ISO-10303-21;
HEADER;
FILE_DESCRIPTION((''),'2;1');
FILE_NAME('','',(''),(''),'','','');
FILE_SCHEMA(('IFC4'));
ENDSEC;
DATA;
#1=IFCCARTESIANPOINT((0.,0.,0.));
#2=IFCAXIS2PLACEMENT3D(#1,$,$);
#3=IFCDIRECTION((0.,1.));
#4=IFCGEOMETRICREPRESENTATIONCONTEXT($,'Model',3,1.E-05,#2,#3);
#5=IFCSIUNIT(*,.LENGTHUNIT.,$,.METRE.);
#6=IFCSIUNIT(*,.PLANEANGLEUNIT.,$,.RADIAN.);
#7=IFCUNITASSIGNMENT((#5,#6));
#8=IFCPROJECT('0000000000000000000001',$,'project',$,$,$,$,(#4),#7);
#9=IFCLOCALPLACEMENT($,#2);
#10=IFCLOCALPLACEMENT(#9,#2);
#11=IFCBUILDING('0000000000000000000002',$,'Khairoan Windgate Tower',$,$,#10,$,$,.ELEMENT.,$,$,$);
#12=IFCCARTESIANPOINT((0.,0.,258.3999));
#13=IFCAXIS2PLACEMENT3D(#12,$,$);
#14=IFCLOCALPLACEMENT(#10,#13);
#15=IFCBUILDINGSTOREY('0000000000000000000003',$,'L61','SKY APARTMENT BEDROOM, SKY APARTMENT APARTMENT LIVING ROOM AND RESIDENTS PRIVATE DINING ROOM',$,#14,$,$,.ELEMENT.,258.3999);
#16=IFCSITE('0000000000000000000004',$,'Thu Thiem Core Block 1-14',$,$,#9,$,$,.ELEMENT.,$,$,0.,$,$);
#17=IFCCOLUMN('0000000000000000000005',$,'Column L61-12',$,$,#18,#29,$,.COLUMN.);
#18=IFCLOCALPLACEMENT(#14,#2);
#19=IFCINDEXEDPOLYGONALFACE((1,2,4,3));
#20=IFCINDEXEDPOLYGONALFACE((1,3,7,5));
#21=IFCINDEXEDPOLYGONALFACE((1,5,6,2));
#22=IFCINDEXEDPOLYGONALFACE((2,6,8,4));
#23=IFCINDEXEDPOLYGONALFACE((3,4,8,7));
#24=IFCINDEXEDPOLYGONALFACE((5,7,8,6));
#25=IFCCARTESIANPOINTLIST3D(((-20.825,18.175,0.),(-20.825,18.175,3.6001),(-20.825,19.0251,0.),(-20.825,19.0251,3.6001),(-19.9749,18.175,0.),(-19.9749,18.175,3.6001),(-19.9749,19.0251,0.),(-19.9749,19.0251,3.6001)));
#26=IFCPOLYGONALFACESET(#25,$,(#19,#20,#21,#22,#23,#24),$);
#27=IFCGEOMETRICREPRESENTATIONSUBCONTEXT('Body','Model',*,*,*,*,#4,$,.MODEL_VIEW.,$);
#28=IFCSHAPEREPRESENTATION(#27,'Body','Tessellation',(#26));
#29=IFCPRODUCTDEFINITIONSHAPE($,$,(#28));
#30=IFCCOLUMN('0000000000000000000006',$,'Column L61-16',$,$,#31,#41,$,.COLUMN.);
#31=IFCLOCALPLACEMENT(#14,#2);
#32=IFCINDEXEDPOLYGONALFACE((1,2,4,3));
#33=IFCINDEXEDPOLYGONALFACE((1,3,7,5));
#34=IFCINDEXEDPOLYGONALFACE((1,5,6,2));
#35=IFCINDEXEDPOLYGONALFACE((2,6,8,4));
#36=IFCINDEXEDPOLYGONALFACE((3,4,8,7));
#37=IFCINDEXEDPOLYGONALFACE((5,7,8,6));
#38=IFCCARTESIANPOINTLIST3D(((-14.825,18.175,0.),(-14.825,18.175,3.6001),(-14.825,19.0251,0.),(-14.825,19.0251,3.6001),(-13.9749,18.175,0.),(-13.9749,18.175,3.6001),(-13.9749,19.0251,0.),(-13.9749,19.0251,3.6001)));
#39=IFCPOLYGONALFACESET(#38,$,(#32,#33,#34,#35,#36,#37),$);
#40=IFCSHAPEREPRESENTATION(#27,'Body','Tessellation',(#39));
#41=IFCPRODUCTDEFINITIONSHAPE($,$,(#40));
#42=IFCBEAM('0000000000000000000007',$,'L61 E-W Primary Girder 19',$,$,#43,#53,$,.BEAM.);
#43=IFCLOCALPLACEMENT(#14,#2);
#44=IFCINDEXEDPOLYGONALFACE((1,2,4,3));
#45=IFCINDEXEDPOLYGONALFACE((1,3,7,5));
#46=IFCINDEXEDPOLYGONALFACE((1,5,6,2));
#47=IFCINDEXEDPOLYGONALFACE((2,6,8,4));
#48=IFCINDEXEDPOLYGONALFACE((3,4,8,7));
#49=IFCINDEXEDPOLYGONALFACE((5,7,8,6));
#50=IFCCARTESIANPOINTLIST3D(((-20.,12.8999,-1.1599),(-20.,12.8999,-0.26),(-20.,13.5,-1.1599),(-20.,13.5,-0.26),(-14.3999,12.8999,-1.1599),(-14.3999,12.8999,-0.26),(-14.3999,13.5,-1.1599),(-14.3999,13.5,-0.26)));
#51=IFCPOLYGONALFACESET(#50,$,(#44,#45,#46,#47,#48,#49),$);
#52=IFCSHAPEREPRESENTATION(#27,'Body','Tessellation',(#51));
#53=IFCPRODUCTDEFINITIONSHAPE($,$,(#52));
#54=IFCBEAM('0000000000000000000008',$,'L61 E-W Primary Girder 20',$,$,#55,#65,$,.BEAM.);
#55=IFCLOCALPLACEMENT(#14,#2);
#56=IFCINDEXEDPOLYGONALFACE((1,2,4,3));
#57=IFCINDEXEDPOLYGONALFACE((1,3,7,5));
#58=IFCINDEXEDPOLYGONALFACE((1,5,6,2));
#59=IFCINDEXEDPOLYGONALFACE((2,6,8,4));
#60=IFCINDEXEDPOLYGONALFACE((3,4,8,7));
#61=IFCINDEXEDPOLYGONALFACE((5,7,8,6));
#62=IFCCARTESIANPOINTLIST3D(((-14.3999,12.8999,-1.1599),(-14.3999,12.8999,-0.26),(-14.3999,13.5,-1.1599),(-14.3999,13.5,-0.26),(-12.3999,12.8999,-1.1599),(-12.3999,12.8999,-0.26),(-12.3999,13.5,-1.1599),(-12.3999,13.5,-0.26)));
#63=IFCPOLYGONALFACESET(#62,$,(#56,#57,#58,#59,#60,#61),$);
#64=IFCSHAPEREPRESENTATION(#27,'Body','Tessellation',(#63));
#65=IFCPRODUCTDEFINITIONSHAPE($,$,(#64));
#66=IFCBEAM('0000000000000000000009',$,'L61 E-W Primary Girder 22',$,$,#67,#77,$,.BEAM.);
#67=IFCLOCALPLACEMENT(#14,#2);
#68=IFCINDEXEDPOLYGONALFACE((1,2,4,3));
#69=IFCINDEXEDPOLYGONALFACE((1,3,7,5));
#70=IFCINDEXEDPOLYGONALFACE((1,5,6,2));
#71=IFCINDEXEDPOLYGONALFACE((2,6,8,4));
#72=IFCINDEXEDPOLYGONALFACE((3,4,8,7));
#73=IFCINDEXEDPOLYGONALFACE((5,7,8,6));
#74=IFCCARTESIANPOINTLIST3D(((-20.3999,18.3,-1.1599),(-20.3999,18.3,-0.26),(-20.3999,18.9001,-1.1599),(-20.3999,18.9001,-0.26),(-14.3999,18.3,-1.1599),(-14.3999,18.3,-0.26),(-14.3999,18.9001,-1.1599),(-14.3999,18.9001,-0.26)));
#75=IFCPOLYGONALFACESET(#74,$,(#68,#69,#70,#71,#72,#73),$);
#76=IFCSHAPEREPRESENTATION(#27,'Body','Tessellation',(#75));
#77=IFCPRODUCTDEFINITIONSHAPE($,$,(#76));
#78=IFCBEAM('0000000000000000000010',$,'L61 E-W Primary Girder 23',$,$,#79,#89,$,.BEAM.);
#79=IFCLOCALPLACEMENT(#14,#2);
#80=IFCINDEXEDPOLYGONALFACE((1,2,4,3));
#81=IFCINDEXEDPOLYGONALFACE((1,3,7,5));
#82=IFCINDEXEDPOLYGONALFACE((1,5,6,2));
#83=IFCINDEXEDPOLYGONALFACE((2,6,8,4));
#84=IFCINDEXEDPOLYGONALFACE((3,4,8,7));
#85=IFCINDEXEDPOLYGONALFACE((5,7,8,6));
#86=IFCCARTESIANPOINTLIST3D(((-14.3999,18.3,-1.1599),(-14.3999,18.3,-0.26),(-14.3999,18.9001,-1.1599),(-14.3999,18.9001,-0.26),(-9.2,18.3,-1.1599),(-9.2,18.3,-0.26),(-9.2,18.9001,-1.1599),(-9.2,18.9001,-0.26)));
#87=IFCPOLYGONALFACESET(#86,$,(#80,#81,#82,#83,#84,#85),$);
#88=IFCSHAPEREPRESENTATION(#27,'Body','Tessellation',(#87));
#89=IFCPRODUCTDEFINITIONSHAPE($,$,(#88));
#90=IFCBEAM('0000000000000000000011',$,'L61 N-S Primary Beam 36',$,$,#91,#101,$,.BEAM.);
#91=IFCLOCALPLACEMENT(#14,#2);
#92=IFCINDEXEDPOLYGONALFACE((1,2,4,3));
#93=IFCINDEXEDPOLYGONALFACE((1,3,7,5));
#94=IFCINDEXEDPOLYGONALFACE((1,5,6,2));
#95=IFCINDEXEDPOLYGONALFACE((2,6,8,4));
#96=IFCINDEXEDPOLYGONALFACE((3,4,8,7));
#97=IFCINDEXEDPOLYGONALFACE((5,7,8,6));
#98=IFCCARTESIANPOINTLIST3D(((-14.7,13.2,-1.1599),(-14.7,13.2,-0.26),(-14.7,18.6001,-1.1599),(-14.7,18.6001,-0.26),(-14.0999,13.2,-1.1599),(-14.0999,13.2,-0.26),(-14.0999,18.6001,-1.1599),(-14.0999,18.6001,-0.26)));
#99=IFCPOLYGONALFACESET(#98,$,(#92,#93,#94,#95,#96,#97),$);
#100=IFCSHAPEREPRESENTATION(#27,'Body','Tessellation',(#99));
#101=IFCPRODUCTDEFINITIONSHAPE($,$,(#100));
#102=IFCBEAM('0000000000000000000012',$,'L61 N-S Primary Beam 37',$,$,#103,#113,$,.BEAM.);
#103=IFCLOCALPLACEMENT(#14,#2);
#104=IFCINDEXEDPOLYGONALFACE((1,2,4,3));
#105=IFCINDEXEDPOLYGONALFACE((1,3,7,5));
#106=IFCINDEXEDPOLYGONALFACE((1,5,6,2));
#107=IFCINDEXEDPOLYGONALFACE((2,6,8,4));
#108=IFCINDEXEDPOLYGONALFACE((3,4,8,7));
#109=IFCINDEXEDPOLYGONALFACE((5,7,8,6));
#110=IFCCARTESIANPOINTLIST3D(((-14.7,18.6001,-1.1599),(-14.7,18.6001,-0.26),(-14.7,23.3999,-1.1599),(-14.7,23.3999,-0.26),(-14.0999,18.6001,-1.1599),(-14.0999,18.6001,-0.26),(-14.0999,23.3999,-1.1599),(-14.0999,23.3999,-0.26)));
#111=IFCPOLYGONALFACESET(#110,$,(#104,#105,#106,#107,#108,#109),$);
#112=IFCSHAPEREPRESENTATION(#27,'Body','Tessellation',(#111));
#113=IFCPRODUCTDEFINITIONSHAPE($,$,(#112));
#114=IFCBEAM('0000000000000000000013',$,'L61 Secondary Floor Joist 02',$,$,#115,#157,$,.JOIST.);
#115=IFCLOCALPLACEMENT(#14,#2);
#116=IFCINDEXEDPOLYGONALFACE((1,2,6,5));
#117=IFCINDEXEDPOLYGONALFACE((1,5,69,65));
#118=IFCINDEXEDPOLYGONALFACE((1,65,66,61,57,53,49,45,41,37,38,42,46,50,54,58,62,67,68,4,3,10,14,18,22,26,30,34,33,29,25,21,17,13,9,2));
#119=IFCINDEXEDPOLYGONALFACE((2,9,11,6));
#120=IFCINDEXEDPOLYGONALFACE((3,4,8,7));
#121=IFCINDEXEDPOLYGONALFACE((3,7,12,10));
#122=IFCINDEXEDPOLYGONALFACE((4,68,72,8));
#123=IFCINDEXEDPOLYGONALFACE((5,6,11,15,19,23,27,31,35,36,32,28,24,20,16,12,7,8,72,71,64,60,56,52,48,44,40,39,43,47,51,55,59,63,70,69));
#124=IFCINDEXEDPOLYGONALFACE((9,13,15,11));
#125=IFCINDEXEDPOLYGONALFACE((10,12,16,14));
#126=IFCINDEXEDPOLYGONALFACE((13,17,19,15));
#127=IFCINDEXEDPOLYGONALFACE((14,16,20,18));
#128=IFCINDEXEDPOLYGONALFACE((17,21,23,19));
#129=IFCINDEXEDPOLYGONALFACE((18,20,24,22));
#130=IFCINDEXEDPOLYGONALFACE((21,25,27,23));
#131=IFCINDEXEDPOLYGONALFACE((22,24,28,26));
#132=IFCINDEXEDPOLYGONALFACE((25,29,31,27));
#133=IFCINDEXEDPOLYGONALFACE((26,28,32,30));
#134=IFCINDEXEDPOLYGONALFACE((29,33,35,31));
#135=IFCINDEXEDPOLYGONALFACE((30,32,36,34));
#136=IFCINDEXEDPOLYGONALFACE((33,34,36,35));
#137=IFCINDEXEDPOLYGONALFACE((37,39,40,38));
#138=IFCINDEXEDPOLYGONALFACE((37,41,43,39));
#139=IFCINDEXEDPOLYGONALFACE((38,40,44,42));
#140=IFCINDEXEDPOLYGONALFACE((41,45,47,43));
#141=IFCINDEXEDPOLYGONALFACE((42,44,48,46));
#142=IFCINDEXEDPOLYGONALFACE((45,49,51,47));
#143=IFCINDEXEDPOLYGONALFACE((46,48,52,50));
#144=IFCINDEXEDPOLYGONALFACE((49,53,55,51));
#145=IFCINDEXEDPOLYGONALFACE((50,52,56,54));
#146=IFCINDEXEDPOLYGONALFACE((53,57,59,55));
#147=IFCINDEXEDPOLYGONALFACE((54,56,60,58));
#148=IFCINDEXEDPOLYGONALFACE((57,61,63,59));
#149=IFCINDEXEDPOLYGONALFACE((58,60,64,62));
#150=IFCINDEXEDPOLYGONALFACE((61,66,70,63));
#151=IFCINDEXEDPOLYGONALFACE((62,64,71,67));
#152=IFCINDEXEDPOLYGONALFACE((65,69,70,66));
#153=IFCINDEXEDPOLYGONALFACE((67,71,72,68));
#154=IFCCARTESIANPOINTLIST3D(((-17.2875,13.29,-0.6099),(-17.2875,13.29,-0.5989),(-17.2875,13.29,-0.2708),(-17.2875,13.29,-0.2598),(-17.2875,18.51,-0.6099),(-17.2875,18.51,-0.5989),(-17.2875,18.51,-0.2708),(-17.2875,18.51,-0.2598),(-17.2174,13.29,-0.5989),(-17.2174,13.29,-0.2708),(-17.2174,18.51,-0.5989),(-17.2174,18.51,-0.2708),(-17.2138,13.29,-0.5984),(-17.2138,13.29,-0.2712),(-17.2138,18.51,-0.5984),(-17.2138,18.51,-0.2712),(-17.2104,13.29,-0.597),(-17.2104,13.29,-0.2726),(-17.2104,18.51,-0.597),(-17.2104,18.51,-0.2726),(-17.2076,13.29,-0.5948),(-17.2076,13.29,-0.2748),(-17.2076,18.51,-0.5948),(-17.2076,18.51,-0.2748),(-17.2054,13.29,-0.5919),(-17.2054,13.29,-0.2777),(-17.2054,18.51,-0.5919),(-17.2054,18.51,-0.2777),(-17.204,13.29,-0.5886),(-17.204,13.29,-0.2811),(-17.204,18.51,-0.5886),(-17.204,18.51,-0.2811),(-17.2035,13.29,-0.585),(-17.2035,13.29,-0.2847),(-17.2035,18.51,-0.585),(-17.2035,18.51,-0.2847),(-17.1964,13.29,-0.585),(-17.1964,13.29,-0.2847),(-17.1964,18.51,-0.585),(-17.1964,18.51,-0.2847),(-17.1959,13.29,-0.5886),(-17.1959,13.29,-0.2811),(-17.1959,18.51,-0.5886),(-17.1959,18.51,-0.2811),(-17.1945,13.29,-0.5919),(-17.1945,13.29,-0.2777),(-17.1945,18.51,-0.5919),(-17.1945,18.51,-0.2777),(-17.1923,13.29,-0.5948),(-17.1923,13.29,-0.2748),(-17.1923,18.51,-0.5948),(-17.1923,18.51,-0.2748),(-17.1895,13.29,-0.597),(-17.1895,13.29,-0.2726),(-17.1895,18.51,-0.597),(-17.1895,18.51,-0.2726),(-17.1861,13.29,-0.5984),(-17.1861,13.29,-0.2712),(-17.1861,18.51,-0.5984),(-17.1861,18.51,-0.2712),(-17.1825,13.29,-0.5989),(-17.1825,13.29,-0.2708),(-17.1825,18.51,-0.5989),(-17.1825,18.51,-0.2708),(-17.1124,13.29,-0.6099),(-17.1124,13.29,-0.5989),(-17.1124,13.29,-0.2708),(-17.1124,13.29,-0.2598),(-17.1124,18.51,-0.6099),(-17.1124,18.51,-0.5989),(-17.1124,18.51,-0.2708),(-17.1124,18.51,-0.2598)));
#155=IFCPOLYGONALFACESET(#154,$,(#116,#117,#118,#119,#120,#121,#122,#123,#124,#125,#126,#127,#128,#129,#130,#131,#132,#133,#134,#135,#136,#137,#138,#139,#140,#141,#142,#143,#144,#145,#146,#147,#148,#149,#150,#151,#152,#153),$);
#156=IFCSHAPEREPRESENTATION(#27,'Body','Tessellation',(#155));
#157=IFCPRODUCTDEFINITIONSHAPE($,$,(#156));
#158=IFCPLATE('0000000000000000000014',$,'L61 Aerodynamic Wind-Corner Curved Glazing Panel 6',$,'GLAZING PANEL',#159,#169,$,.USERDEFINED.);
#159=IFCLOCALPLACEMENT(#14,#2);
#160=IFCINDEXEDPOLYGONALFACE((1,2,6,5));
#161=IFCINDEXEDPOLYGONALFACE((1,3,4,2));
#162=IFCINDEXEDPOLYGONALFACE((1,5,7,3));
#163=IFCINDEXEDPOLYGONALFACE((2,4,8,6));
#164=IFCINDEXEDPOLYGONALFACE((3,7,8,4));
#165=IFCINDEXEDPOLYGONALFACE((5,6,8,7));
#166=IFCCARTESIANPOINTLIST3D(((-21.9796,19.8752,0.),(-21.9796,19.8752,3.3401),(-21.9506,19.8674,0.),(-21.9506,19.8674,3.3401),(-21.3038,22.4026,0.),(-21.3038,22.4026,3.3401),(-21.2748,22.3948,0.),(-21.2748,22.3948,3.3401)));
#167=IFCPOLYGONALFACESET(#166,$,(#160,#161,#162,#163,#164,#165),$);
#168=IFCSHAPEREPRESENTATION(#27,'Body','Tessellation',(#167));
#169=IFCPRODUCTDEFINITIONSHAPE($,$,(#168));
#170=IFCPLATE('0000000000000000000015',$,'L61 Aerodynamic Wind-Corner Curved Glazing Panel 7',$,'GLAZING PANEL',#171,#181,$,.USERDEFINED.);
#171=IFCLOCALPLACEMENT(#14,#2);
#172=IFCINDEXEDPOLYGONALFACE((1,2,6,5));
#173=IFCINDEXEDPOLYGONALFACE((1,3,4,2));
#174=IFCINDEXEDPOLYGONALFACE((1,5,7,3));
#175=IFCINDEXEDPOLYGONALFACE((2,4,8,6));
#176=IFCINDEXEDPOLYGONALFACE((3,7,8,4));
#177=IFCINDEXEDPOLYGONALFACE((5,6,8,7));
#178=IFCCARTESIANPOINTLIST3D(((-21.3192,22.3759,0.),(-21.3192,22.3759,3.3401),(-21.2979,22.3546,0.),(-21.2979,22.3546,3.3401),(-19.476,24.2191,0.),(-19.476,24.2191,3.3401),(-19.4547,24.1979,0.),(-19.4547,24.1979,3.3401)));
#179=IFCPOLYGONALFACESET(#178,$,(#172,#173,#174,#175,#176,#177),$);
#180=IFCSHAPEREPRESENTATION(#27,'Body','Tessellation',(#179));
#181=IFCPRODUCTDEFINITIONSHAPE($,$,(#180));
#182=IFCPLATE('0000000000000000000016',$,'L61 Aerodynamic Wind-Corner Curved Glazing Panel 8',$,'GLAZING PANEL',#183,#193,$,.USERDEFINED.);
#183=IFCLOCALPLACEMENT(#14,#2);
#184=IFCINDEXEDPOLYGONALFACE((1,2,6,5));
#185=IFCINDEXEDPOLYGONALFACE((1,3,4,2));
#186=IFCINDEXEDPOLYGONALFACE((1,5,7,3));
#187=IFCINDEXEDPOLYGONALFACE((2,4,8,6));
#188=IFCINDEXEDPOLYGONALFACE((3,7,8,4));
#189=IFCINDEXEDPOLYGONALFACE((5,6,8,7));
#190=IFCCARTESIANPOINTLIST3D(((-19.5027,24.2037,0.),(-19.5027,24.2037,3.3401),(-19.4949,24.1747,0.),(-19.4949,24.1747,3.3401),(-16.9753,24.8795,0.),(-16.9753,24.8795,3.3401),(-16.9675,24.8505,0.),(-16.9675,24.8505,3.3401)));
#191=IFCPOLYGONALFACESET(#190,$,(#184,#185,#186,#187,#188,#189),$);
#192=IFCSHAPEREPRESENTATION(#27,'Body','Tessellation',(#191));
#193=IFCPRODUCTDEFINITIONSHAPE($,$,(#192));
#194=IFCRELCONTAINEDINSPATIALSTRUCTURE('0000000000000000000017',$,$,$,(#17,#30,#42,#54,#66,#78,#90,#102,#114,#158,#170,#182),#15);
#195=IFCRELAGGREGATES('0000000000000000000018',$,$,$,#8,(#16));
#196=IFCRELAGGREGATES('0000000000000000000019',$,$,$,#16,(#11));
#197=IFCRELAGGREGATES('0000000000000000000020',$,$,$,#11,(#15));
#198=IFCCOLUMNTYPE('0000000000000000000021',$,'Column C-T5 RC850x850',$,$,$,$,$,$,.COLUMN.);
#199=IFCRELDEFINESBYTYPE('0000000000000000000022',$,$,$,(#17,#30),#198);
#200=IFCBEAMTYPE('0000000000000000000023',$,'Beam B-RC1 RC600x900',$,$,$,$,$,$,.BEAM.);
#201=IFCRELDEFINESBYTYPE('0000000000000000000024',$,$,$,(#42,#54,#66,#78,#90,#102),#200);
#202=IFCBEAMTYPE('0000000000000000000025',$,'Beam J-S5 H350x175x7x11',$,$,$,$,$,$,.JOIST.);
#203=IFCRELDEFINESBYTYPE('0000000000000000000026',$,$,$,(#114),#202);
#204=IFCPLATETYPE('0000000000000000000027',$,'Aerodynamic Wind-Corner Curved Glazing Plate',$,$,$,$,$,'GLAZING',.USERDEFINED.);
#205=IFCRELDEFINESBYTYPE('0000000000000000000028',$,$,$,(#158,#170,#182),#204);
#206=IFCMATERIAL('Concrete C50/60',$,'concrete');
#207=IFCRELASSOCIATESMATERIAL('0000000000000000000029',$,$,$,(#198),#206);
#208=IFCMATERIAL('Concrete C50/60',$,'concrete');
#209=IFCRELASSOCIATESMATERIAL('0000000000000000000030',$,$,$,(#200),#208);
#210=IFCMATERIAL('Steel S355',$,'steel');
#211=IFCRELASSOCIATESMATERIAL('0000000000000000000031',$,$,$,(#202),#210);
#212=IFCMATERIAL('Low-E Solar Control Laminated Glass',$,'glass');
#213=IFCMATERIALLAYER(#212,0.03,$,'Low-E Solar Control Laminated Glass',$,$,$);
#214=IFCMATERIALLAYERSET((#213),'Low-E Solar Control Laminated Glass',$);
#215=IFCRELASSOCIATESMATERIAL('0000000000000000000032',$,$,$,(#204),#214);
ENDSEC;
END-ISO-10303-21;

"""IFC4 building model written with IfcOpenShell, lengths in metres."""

from ifc_helpers import new_model, si_unit, direction, frame, origin, origin_2d, place, context, subcontext, project, spatial, rectangle, i_section, extrude, material, layer, layer_set, material_profile, profile_set, type_object, element, save


model = new_model("IFC4")

# Units and contexts
model_context = context("Model", 3, precision=1e-05, world=origin(), true_north=direction((0.0, 1.0)))
body_context = subcontext(model_context, "Body", "Model", "MODEL_VIEW")
ifc_project = project(units=[si_unit("LENGTHUNIT", "METRE"), si_unit("PLANEANGLEUNIT", "RADIAN")], contexts=[model_context])

# Site, building, storey
site_placement = place(None, origin())
site = spatial("IfcSite", under=ifc_project, at=site_placement, Name="Thu Thiem Core Block 1-14", CompositionType="ELEMENT", RefElevation=0.0)
building_placement = place(site_placement, origin())
building = spatial("IfcBuilding", under=site, at=building_placement, Name="Khairoan Windgate Tower", CompositionType="ELEMENT")
storey_placement = place(building_placement, frame((0.0, 0.0, 258.3999)))
storey = spatial("IfcBuildingStorey", under=building, at=storey_placement, Name="L61", Description="SKY APARTMENT BEDROOM, SKY APARTMENT APARTMENT LIVING ROOM AND RESIDENTS PRIVATE DINING ROOM", CompositionType="ELEMENT", Elevation=258.3999)

# Columns
ifc_material_1 = material(Name="Concrete C50/60", Category="concrete")
ifc_material_profile_1 = material_profile(ifc_material_1, rectangle(XDim=0.8501, YDim=0.8501, at=origin_2d()))
ifc_profile_set_1 = profile_set([ifc_material_profile_1], Name="Concrete C50/60")
column_type = type_object("IfcColumnType", Name="Column C-T5 RC850x850", PredefinedType="COLUMN", material=ifc_profile_set_1)
for number, where, z_axis, x_axis, name in (
    (1, (-20.3999, 18.6001, 0.0), (0.0, 0.0, 1.0), (1.0, 0.0, 0.0), "Column L61-12"),
    (2, (-14.3999, 18.6001, 0.0), (0.0, 0.0, 1.0), (1.0, 0.0, 0.0), "Column L61-16"),
):
    element("IfcColumn", number, at=place(storey_placement, frame(where, z_axis=z_axis, x_axis=x_axis)), inside=storey, type_object=column_type, Name=name, PredefinedType="COLUMN", context=body_context, shape_type="SweptSolid", body=[
        extrude(rectangle(XDim=0.8501, YDim=0.8501, at=origin_2d()), origin(), (0.0, 0.0, 1.0), 3.6001),
    ])

# Beams
ifc_material_2 = material(Name="Concrete C50/60", Category="concrete")
ifc_material_profile_2 = material_profile(ifc_material_2, rectangle(XDim=0.6001, YDim=0.8999, at=origin_2d()))
ifc_profile_set_2 = profile_set([ifc_material_profile_2], Name="Concrete C50/60")
beam_type_1 = type_object("IfcBeamType", Name="Beam B-RC1 RC600x900", PredefinedType="BEAM", material=ifc_profile_set_2)
beam_1_placement = place(storey_placement, frame((-20.0, 13.2, -0.71), z_axis=(1.0, 0.0, 0.0), x_axis=(0.0, 1.0, 0.0)))
element("IfcBeam", 3, at=beam_1_placement, inside=storey, type_object=beam_type_1, Name="L61 E-W Primary Girder 19", PredefinedType="BEAM", context=body_context, shape_type="SweptSolid", body=[
    extrude(rectangle(XDim=0.6001, YDim=0.8999, at=origin_2d()), origin(), (0.0, 0.0, 1.0), 5.6001),
])
beam_2_placement = place(storey_placement, frame((-14.3999, 13.2, -0.71), z_axis=(1.0, 0.0, 0.0), x_axis=(0.0, 1.0, 0.0)))
element("IfcBeam", 4, at=beam_2_placement, inside=storey, type_object=beam_type_1, Name="L61 E-W Primary Girder 20", PredefinedType="BEAM", context=body_context, shape_type="SweptSolid", body=[
    extrude(rectangle(XDim=0.6001, YDim=0.8999, at=origin_2d()), origin(), (0.0, 0.0, 1.0), 2.0),
])
beam_3_placement = place(storey_placement, frame((-20.3999, 18.6001, -0.71), z_axis=(1.0, 0.0, 0.0), x_axis=(0.0, 1.0, 0.0)))
element("IfcBeam", 5, at=beam_3_placement, inside=storey, type_object=beam_type_1, Name="L61 E-W Primary Girder 22", PredefinedType="BEAM", context=body_context, shape_type="SweptSolid", body=[
    extrude(rectangle(XDim=0.6001, YDim=0.8999, at=origin_2d()), origin(), (0.0, 0.0, 1.0), 6.0),
])
beam_4_placement = place(storey_placement, frame((-14.3999, 18.6001, -0.71), z_axis=(1.0, 0.0, 0.0), x_axis=(0.0, 1.0, 0.0)))
element("IfcBeam", 6, at=beam_4_placement, inside=storey, type_object=beam_type_1, Name="L61 E-W Primary Girder 23", PredefinedType="BEAM", context=body_context, shape_type="SweptSolid", body=[
    extrude(rectangle(XDim=0.6001, YDim=0.8999, at=origin_2d()), origin(), (0.0, 0.0, 1.0), 5.2),
])
beam_5_placement = place(storey_placement, frame((-14.3999, 13.2, -0.71), z_axis=(0.0, 1.0, 0.0), x_axis=(-1.0, 0.0, 0.0)))
element("IfcBeam", 7, at=beam_5_placement, inside=storey, type_object=beam_type_1, Name="L61 N-S Primary Beam 36", PredefinedType="BEAM", context=body_context, shape_type="SweptSolid", body=[
    extrude(rectangle(XDim=0.6001, YDim=0.8999, at=origin_2d()), origin(), (0.0, 0.0, 1.0), 5.4001),
])
beam_6_placement = place(storey_placement, frame((-14.3999, 18.6001, -0.71), z_axis=(0.0, 1.0, 0.0), x_axis=(-1.0, 0.0, 0.0)))
element("IfcBeam", 8, at=beam_6_placement, inside=storey, type_object=beam_type_1, Name="L61 N-S Primary Beam 37", PredefinedType="BEAM", context=body_context, shape_type="SweptSolid", body=[
    extrude(rectangle(XDim=0.6001, YDim=0.8999, at=origin_2d()), origin(), (0.0, 0.0, 1.0), 4.7998),
])
ifc_material_3 = material(Name="Steel S355", Category="steel")
ifc_material_profile_3 = material_profile(ifc_material_3, i_section(OverallWidth=0.175, OverallDepth=0.3501, WebThickness=0.0071, FlangeThickness=0.011, FilletRadius=0.0139, at=origin_2d()))
ifc_profile_set_3 = profile_set([ifc_material_profile_3], Name="Steel S355")
beam_type_2 = type_object("IfcBeamType", Name="Beam J-S5 H350x175x7x11", PredefinedType="JOIST", material=ifc_profile_set_3)
beam_7_placement = place(storey_placement, frame((-17.2, 13.29, -0.4348), z_axis=(0.0, 1.0, 0.0), x_axis=(-1.0, 0.0, 0.0)))
element("IfcBeam", 9, at=beam_7_placement, inside=storey, type_object=beam_type_2, Name="L61 Secondary Floor Joist 02", PredefinedType="JOIST", context=body_context, shape_type="SweptSolid", body=[
    extrude(i_section(OverallWidth=0.175, OverallDepth=0.3501, WebThickness=0.0071, FlangeThickness=0.011, FilletRadius=0.0139, at=origin_2d()), origin(), (0.0, 0.0, 1.0), 5.22),
])

# Plates
ifc_material_4 = material(Name="Low-E Solar Control Laminated Glass", Category="glass")
ifc_layer_1 = layer(ifc_material_4, 0.03, Name="Low-E Solar Control Laminated Glass")
ifc_layer_set_1 = layer_set([ifc_layer_1], Name="Low-E Solar Control Laminated Glass")
plate_type_1 = type_object("IfcPlateType", Name="Aerodynamic Wind-Corner Curved Glazing Plate", ElementType="GLAZING", PredefinedType="USERDEFINED", material=ifc_layer_set_1)
plate_1_placement = place(storey_placement, frame((-21.6272, 21.135, 0.0), z_axis=(0.0, 0.0, 1.0), x_axis=(0.258313, 0.966061, 0.0)))
element("IfcPlate", 10, at=plate_1_placement, inside=storey, type_object=plate_type_1, Name="L61 Aerodynamic Wind-Corner Curved Glazing Panel 6", ObjectType="GLAZING PANEL", PredefinedType="USERDEFINED", context=body_context, shape_type="SweptSolid", body=[
    extrude(rectangle(XDim=2.6162, YDim=0.03, at=origin_2d()), origin(), (0.0, 0.0, 1.0), 3.3401),
])
plate_2_placement = place(storey_placement, frame((-20.387, 23.2869, 0.0), z_axis=(0.0, 0.0, 1.0), x_axis=(0.707107, 0.707107, 0.0)))
element("IfcPlate", 11, at=plate_2_placement, inside=storey, type_object=plate_type_1, Name="L61 Aerodynamic Wind-Corner Curved Glazing Panel 7", ObjectType="GLAZING PANEL", PredefinedType="USERDEFINED", context=body_context, shape_type="SweptSolid", body=[
    extrude(rectangle(XDim=2.6067, YDim=0.03, at=origin_2d()), origin(), (0.0, 0.0, 1.0), 3.3401),
])
plate_3_placement = place(storey_placement, frame((-18.2351, 24.5271, 0.0), z_axis=(0.0, 0.0, 1.0), x_axis=(0.966061, 0.258313, 0.0)))
element("IfcPlate", 12, at=plate_3_placement, inside=storey, type_object=plate_type_1, Name="L61 Aerodynamic Wind-Corner Curved Glazing Panel 8", ObjectType="GLAZING PANEL", PredefinedType="USERDEFINED", context=body_context, shape_type="SweptSolid", body=[
    extrude(rectangle(XDim=2.6162, YDim=0.03, at=origin_2d()), origin(), (0.0, 0.0, 1.0), 3.3401),
])

save(model, "model.ifc")
